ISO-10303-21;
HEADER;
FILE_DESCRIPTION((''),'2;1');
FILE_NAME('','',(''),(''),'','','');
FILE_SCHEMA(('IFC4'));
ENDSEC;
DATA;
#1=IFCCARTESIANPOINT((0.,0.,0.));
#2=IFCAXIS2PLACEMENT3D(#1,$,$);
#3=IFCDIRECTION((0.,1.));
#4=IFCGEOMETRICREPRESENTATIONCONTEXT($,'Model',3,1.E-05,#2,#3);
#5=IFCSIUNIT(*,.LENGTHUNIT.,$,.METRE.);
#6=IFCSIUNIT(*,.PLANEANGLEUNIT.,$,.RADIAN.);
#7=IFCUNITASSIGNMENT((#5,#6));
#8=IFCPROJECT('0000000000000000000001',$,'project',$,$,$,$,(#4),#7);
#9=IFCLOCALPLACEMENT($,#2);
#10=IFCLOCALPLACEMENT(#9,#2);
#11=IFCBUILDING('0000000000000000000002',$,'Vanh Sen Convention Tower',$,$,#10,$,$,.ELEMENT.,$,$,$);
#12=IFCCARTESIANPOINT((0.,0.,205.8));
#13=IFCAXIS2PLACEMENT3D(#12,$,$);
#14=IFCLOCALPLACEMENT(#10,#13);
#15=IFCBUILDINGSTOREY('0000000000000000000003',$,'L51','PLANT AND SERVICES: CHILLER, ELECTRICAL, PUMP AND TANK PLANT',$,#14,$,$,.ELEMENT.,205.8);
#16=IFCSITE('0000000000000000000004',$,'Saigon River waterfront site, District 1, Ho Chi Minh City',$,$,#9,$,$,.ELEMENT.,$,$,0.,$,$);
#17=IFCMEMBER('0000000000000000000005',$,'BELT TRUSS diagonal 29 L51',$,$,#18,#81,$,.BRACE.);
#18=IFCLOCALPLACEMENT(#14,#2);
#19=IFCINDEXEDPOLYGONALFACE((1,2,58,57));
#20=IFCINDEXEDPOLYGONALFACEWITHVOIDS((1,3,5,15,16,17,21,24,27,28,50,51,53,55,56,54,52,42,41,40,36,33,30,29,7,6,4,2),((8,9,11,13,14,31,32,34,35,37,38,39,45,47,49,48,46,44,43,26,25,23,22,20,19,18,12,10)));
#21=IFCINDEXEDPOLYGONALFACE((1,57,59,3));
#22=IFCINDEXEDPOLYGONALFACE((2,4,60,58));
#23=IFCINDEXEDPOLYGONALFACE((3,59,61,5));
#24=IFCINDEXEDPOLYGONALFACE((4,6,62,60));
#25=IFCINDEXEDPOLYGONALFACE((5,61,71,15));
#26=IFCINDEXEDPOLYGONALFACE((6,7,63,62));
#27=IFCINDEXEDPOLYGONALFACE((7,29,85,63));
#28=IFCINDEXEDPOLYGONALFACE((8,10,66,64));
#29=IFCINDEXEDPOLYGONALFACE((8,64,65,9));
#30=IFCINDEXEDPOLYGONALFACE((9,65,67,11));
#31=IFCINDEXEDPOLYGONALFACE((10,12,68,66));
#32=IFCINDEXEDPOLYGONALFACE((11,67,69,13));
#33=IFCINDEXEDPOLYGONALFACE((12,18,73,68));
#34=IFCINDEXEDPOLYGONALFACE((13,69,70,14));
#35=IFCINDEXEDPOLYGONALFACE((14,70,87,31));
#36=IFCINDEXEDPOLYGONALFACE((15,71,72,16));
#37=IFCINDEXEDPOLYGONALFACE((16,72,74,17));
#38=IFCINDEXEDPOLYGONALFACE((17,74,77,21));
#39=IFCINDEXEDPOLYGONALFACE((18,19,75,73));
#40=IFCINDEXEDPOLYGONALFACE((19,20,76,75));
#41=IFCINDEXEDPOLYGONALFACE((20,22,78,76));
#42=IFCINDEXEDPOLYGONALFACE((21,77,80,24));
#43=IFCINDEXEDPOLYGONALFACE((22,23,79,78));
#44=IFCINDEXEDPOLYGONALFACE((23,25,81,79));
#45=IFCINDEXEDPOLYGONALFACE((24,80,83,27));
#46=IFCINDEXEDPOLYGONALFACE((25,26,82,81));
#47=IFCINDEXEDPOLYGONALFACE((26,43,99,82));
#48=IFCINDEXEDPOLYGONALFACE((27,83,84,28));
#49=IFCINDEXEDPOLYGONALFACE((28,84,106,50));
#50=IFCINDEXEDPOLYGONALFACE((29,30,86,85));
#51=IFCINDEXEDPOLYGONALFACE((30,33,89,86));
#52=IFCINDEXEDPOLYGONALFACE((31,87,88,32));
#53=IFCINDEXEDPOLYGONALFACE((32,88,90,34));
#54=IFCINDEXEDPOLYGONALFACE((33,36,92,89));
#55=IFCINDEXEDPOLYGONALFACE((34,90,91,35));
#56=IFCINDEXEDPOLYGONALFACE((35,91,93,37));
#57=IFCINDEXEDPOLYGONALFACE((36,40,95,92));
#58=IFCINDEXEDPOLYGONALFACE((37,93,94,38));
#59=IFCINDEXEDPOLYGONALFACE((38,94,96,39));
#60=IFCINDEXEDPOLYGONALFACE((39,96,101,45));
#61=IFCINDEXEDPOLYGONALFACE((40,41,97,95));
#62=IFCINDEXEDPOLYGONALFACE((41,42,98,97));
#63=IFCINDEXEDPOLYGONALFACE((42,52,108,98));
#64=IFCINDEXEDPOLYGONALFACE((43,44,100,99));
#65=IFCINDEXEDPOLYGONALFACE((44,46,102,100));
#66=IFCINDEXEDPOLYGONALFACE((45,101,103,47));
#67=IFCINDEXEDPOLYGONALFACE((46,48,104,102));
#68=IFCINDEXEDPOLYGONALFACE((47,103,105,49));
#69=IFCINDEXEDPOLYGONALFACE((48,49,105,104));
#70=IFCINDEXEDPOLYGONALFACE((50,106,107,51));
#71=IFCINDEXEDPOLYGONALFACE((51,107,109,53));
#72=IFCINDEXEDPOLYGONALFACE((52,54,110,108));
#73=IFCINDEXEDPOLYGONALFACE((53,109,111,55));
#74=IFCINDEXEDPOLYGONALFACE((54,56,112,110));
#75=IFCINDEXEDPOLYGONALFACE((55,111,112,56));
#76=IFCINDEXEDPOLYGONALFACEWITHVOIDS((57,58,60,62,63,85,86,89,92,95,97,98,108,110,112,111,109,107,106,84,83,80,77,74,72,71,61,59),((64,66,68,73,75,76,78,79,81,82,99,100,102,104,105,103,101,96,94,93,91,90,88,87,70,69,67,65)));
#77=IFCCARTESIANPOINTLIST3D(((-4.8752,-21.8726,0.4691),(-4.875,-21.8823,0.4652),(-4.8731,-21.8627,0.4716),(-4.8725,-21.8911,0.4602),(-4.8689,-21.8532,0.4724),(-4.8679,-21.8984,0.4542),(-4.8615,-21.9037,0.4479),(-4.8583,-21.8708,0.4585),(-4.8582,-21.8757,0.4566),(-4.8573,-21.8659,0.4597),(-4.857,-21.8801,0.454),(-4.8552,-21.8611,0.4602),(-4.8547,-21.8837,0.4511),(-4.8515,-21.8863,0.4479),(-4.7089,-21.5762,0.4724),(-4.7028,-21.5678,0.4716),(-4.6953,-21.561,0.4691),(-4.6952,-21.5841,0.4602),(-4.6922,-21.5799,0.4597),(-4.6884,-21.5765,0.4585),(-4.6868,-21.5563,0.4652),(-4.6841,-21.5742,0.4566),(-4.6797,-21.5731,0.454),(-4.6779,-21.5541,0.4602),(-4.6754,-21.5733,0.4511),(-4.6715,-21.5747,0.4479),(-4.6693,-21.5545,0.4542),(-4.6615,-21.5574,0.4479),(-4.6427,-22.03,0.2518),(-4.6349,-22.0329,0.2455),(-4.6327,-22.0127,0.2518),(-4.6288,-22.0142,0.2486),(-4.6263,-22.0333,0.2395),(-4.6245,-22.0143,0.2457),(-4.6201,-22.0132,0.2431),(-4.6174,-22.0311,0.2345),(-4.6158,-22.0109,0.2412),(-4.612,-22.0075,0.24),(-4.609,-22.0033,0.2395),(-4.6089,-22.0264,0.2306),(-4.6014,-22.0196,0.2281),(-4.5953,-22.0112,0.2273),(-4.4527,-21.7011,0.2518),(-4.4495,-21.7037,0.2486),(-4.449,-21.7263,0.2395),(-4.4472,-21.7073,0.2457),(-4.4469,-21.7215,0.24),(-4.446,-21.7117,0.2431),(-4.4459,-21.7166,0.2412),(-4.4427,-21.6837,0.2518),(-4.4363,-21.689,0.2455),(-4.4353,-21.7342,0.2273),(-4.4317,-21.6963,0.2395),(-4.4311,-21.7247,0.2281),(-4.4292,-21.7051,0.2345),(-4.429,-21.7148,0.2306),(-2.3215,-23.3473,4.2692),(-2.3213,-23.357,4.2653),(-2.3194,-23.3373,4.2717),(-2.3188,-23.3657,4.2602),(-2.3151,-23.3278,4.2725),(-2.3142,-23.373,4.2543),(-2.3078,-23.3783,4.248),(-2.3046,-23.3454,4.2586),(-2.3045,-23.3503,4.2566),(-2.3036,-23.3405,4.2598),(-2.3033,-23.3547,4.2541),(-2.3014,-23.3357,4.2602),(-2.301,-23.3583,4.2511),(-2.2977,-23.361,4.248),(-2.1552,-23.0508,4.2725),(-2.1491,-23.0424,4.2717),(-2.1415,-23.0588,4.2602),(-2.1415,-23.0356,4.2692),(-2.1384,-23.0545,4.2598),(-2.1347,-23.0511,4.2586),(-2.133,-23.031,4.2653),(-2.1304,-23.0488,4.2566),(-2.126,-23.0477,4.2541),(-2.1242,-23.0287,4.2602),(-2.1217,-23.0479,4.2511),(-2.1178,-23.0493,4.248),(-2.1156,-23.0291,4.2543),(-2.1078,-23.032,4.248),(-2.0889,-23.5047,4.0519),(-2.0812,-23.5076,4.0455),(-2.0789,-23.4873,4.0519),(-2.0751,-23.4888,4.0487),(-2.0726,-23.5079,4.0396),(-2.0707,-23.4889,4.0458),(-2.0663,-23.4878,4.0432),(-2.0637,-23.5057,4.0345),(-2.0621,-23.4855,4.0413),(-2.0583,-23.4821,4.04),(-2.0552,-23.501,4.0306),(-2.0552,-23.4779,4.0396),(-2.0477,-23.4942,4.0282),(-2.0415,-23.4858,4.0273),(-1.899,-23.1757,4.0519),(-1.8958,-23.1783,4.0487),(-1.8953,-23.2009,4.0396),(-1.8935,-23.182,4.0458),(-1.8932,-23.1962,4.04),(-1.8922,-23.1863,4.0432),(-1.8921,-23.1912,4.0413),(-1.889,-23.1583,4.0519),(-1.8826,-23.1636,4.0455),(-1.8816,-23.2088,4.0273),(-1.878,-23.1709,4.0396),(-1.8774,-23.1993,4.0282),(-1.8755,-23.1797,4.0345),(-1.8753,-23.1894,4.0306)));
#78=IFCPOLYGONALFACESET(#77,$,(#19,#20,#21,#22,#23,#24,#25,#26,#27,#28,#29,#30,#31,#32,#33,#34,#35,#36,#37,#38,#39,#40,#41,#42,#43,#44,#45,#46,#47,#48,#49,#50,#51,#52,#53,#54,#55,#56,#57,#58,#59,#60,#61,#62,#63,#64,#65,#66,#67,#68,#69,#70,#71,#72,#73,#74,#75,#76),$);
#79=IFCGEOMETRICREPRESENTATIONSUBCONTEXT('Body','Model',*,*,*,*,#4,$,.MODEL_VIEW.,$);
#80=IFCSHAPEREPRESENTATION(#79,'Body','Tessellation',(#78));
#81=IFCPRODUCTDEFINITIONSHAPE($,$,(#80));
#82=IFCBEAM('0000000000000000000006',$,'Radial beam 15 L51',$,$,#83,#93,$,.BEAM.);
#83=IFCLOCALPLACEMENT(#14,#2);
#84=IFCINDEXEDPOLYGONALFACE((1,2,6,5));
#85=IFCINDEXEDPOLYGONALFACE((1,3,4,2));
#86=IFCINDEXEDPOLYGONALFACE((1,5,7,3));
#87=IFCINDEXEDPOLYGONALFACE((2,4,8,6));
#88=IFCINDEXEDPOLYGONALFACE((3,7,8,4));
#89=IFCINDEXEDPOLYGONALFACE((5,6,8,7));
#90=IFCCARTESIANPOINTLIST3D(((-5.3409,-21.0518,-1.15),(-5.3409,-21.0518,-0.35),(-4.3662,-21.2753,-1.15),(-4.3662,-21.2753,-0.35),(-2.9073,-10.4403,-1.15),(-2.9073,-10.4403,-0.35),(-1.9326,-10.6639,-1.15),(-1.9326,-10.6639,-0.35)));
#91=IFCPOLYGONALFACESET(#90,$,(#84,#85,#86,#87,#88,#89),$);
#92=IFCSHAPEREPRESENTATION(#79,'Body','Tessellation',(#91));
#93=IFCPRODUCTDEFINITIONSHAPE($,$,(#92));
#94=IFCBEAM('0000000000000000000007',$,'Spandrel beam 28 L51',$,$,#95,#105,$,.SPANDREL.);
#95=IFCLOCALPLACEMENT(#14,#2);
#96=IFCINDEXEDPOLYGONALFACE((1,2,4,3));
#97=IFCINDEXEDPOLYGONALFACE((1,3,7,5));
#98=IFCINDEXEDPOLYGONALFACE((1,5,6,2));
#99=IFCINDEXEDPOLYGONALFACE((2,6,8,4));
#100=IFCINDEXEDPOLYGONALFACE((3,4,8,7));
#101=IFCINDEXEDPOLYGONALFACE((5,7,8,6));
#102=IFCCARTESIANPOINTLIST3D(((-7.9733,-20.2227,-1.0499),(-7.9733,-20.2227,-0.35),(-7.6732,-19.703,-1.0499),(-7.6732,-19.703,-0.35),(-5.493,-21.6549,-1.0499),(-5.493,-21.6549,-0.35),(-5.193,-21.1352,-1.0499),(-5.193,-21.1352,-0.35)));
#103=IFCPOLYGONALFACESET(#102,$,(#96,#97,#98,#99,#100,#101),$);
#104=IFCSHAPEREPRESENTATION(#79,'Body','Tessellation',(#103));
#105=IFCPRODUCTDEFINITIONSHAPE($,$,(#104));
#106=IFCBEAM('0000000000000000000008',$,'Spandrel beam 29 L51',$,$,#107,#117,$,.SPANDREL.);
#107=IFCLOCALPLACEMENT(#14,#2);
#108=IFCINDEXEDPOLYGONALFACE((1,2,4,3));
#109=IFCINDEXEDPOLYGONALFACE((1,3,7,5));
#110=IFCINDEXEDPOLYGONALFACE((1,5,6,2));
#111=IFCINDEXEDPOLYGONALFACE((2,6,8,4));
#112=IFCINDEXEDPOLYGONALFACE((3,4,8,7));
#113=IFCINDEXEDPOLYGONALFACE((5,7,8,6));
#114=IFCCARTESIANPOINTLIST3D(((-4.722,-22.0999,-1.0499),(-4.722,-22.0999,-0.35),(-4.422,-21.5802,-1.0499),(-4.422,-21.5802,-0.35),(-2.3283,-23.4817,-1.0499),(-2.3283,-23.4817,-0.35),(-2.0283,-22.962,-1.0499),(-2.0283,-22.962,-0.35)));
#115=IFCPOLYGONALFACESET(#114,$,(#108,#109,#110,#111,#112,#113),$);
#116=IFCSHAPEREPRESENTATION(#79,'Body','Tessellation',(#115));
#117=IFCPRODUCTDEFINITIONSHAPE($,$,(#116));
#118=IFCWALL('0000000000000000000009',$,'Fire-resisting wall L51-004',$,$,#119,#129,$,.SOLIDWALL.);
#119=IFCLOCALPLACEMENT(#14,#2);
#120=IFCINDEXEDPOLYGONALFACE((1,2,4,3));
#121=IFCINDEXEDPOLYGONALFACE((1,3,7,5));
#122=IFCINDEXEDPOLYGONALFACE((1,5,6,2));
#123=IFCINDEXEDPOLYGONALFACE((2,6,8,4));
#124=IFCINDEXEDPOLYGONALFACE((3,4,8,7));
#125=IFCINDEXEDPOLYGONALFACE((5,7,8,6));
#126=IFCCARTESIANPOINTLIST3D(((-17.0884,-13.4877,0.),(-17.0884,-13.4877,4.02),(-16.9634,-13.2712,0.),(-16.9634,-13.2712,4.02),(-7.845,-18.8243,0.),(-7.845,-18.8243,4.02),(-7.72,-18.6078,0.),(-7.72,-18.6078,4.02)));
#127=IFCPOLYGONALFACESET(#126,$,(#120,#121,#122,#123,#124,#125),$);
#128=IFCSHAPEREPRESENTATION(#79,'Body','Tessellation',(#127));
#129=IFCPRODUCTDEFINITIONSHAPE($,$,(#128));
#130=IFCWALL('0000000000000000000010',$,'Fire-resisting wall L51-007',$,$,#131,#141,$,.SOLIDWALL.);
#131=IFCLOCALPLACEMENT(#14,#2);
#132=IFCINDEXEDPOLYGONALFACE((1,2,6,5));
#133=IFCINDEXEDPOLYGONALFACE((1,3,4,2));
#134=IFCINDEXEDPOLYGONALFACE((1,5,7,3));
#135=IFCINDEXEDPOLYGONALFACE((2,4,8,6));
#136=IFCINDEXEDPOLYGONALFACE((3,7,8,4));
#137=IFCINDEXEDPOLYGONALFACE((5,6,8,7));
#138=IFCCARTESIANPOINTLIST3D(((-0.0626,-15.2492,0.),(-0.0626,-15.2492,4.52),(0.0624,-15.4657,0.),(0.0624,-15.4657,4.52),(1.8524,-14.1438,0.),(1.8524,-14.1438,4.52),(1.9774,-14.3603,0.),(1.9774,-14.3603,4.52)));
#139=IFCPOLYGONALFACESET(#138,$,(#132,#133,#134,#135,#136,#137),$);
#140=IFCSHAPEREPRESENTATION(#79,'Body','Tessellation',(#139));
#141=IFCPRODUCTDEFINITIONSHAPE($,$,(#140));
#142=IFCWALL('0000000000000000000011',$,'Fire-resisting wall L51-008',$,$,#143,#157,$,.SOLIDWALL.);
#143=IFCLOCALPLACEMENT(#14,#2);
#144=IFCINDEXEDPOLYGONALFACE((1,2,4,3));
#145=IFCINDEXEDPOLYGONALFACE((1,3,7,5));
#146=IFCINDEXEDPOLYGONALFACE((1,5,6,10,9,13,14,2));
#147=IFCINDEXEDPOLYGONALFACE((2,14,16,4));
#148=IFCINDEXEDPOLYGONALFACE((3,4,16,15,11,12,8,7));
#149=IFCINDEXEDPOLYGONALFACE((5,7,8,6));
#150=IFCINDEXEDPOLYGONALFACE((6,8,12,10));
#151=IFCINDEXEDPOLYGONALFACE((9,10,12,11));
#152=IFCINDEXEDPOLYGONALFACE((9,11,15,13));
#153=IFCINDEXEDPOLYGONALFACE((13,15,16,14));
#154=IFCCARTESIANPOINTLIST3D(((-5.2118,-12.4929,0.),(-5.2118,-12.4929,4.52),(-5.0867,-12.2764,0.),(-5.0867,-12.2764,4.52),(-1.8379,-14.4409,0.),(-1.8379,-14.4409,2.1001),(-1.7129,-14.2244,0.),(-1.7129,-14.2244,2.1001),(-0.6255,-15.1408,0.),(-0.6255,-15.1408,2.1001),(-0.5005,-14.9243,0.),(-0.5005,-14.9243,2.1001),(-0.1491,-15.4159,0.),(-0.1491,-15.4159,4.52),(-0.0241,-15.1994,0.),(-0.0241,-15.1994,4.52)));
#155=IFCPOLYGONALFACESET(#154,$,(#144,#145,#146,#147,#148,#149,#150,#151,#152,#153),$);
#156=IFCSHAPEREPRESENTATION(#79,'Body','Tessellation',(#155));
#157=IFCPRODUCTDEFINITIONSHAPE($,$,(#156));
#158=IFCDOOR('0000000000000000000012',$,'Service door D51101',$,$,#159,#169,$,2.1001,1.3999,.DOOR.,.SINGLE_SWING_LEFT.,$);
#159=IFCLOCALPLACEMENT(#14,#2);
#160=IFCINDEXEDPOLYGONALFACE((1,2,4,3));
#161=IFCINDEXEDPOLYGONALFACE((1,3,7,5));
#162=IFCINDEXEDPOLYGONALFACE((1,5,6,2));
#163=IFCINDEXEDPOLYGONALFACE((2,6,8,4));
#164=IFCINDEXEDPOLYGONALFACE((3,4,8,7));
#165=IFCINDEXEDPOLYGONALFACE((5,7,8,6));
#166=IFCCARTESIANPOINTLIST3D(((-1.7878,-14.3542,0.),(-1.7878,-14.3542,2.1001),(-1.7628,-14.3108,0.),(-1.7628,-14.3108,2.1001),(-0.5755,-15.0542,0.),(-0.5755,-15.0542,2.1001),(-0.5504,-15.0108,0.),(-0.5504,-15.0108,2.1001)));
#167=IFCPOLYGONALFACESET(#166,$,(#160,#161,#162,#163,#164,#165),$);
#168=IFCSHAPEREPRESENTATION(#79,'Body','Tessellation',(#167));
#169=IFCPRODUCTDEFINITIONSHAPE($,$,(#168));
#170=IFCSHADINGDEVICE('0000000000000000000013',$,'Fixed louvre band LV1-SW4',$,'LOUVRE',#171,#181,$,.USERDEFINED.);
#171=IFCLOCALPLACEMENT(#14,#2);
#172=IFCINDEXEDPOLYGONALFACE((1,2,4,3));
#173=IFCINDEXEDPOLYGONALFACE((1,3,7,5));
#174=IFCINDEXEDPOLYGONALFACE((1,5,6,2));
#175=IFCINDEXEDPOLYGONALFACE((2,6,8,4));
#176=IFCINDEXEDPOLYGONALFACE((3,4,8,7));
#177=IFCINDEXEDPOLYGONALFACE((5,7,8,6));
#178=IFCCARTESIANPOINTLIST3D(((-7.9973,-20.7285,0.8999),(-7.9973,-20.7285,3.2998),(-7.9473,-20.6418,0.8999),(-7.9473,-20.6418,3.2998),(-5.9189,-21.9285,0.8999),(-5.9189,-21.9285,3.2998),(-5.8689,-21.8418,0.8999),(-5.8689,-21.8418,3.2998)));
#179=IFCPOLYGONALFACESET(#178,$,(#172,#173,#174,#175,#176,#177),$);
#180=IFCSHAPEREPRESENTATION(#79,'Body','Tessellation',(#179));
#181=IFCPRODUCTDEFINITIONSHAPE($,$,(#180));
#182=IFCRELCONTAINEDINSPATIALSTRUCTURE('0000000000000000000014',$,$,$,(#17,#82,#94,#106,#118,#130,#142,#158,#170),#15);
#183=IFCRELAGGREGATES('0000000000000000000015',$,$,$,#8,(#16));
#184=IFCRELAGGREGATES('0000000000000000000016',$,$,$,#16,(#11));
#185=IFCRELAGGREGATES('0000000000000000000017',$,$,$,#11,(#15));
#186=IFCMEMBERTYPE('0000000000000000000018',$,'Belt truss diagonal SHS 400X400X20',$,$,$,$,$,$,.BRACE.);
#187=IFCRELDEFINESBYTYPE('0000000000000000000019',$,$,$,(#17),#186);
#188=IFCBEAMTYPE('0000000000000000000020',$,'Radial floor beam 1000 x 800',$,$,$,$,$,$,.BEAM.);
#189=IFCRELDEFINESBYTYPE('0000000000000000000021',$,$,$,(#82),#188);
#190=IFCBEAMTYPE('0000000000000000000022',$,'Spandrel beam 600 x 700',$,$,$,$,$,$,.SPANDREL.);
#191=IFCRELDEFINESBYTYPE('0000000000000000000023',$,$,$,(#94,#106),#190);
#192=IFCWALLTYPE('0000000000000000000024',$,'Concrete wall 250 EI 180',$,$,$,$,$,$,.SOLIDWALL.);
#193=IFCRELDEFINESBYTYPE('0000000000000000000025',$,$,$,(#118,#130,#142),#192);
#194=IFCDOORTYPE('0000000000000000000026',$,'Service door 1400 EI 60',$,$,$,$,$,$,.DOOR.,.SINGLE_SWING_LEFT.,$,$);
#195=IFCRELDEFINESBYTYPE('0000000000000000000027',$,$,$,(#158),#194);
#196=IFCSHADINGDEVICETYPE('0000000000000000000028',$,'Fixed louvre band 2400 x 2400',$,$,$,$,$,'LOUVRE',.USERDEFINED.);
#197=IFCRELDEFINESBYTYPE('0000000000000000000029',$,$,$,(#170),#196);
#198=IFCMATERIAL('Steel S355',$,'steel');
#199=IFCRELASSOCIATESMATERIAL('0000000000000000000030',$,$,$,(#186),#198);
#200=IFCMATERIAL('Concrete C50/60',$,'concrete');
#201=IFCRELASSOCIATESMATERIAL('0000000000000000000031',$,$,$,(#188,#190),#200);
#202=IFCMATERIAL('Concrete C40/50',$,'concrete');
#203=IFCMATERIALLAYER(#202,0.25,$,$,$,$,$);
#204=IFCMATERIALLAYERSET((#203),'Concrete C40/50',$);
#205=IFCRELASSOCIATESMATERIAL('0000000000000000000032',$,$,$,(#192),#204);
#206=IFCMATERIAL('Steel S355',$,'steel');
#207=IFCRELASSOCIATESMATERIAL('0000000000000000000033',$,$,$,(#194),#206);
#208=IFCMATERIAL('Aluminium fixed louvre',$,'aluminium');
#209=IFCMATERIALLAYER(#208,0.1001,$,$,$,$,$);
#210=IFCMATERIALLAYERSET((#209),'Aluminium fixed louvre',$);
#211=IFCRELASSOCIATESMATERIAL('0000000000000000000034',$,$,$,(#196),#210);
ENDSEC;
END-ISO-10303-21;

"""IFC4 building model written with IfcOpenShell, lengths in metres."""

from ifc_helpers import new_model, si_unit, direction, frame, frame_2d, origin, origin_2d, place, context, subcontext, project, spatial, rectangle, hollow_rectangle, extrude, material, layer, layer_set, material_profile, profile_set, type_object, element, fill, save


model = new_model("IFC4")

# Units and contexts
model_context = context("Model", 3, precision=1e-05, world=origin(), true_north=direction((0.0, 1.0)))
body_context = subcontext(model_context, "Body", "Model", "MODEL_VIEW")
ifc_project = project(units=[si_unit("LENGTHUNIT", "METRE"), si_unit("PLANEANGLEUNIT", "RADIAN")], contexts=[model_context])

# Site, building, storey
site_placement = place(None, origin())
site = spatial("IfcSite", under=ifc_project, at=site_placement, Name="Saigon River waterfront site, District 1, Ho Chi Minh City", CompositionType="ELEMENT", RefElevation=0.0)
building_placement = place(site_placement, origin())
building = spatial("IfcBuilding", under=site, at=building_placement, Name="Vanh Sen Convention Tower", CompositionType="ELEMENT")
storey_placement = place(building_placement, frame((0.0, 0.0, 205.8)))
storey = spatial("IfcBuildingStorey", under=building, at=storey_placement, Name="L51", Description="PLANT AND SERVICES: CHILLER, ELECTRICAL, PUMP AND TANK PLANT", CompositionType="ELEMENT", Elevation=205.8)

# Member
ifc_material_1 = material(Name="Steel S355", Category="steel")
ifc_material_profile_1 = material_profile(ifc_material_1, hollow_rectangle(XDim=0.3999, YDim=0.3999, WallThickness=0.02, InnerFilletRadius=0.02, OuterFilletRadius=0.04, at=origin_2d()), Name="SHS 400X400X20")
ifc_profile_set_1 = profile_set([ifc_material_profile_1], Name="Steel S355")
member_type_1 = type_object("IfcMemberType", Name="Belt truss diagonal SHS 400X400X20", PredefinedType="BRACE", material=ifc_profile_set_1)
member_1_placement = place(storey_placement, frame((-4.6521, -21.7937, 0.3499), z_axis=(0.530915, -0.30657, 0.790028), x_axis=(0.500057, 0.865993, 0.0)))
element("IfcMember", 1, at=member_1_placement, inside=storey, type_object=member_type_1, Name="BELT TRUSS diagonal 29 L51", PredefinedType="BRACE", context=body_context, shape_type="SweptSolid", body=[
    extrude(hollow_rectangle(XDim=0.3999, YDim=0.3999, WallThickness=0.02, InnerFilletRadius=0.02, OuterFilletRadius=0.04, at=origin_2d()), origin(), (0.0, 0.0, 1.0), 4.8101),
])

# Beams
ifc_material_2 = material(Name="Concrete C50/60", Category="concrete")
ifc_material_profile_2 = material_profile(ifc_material_2, rectangle(XDim=1.0, YDim=0.8, at=origin_2d()), Name="RC 1000X800")
ifc_profile_set_2 = profile_set([ifc_material_profile_2], Name="Concrete C50/60")
beam_type_1 = type_object("IfcBeamType", Name="Radial floor beam 1000 x 800", PredefinedType="BEAM", material=ifc_profile_set_2)
beam_1_placement = place(storey_placement, frame((-4.8535, -21.1636, -0.75), z_axis=(0.223531, 0.974697, 0.0), x_axis=(-0.974697, 0.223531, 0.0)))
element("IfcBeam", 2, at=beam_1_placement, inside=storey, type_object=beam_type_1, Name="Radial beam 15 L51", PredefinedType="BEAM", context=body_context, shape_type="SweptSolid", body=[
    extrude(rectangle(XDim=1.0, YDim=0.8, at=origin_2d()), origin(), (0.0, 0.0, 1.0), 10.887),
])
ifc_material_profile_3 = material_profile(ifc_material_2, rectangle(XDim=0.6001, YDim=0.7, at=origin_2d()), Name="RC 600X700")
ifc_profile_set_3 = profile_set([ifc_material_profile_3], Name="Concrete C50/60")
beam_type_2 = type_object("IfcBeamType", Name="Spandrel beam 600 x 700", PredefinedType="SPANDREL", material=ifc_profile_set_3)
beam_2_placement = place(storey_placement, frame((-7.8232, -19.9629, -0.7), z_axis=(0.866, -0.500045, 0.0), x_axis=(0.500045, 0.866, 0.0)))
element("IfcBeam", 3, at=beam_2_placement, inside=storey, type_object=beam_type_2, Name="Spandrel beam 28 L51", PredefinedType="SPANDREL", context=body_context, shape_type="SweptSolid", body=[
    extrude(rectangle(XDim=0.6001, YDim=0.7, at=origin_2d()), origin(), (0.0, 0.0, 1.0), 2.864),
])
beam_3_placement = place(storey_placement, frame((-4.572, -21.8401, -0.7), z_axis=(0.866061, -0.499939, 0.0), x_axis=(0.499939, 0.866061, 0.0)))
element("IfcBeam", 4, at=beam_3_placement, inside=storey, type_object=beam_type_2, Name="Spandrel beam 29 L51", PredefinedType="SPANDREL", context=body_context, shape_type="SweptSolid", body=[
    extrude(rectangle(XDim=0.6001, YDim=0.7, at=origin_2d()), origin(), (0.0, 0.0, 1.0), 2.7639),
])

# Walls
ifc_material_3 = material(Name="Concrete C40/50", Category="concrete")
ifc_layer_1 = layer(ifc_material_3, 0.25)
ifc_layer_set_1 = layer_set([ifc_layer_1], Name="Concrete C40/50")
wall_type = type_object("IfcWallType", Name="Concrete wall 250 EI 180", PredefinedType="SOLIDWALL", material=ifc_layer_set_1)
wall_1_placement = place(storey_placement, frame((-7.7825, -18.7161, 0.0), z_axis=(0.0, 0.0, 1.0), x_axis=(-0.866026, 0.499999, 0.0)))
element("IfcWall", 5, at=wall_1_placement, inside=storey, type_object=wall_type, Name="Fire-resisting wall L51-004", PredefinedType="SOLIDWALL", context=body_context, shape_type="SweptSolid", body=[
    extrude(rectangle(XDim=10.6733, YDim=0.25, at=frame_2d((5.3367, 0.0))), origin(), (0.0, 0.0, 1.0), 4.02),
])
wall_2_placement = place(storey_placement, frame((0.0, -15.3574, 0.0), z_axis=(0.0, 0.0, 1.0), x_axis=(0.866061, 0.499939, 0.0)))
element("IfcWall", 6, at=wall_2_placement, inside=storey, type_object=wall_type, Name="Fire-resisting wall L51-007", PredefinedType="SOLIDWALL", context=body_context, shape_type="SweptSolid", body=[
    extrude(rectangle(XDim=2.2112, YDim=0.25, at=frame_2d((1.1055, 0.0))), origin(), (0.0, 0.0, 1.0), 4.52),
])

# Wall, opening, door
wall_3_placement = place(storey_placement, frame((-0.0867, -15.3076, 0.0), z_axis=(0.0, 0.0, 1.0), x_axis=(-0.866017, 0.500015, 0.0)))
wall_3 = element("IfcWall", 7, at=wall_3_placement, inside=storey, type_object=wall_type, Name="Fire-resisting wall L51-008", PredefinedType="SOLIDWALL", context=body_context, shape_type="SweptSolid", body=[
    extrude(rectangle(XDim=5.8459, YDim=0.25, at=frame_2d((2.9229, 0.0))), origin(), (0.0, 0.0, 1.0), 4.52),
])
opening_placement = place(wall_3_placement, frame((0.55, 0.0, 0.0)))
opening = element("IfcOpeningElement", 8, at=opening_placement, cuts=wall_3, PredefinedType="OPENING", context=body_context, shape_type="SweptSolid", body=[
    extrude(rectangle(XDim=1.3999, YDim=2.1001, at=frame_2d((0.7, 1.05))), frame((0.0, 0.135, 0.0), z_axis=(0.0, -1.0, 0.0), x_axis=(1.0, 0.0, 0.0)), (0.0, 0.0, 1.0), 0.27),
])
ifc_material_4 = material(Name="Steel S355", Category="steel")
door_type = type_object("IfcDoorType", Name="Service door 1400 EI 60", OperationType="SINGLE_SWING_LEFT", PredefinedType="DOOR", material=ifc_material_4)
door_placement = place(opening_placement, origin())
door = element("IfcDoor", 9, at=door_placement, inside=storey, type_object=door_type, Name="Service door D51101", OperationType="SINGLE_SWING_LEFT", OverallHeight=2.1001, OverallWidth=1.3999, PredefinedType="DOOR", context=body_context, shape_type="SweptSolid", body=[
    extrude(rectangle(XDim=1.3999, YDim=2.1001, at=frame_2d((0.7, 1.05))), frame((0.0, 0.0249, 0.0), z_axis=(0.0, -1.0, 0.0), x_axis=(1.0, 0.0, 0.0)), (0.0, 0.0, 1.0), 0.05),
])
fill(opening, door)

# Shading device
ifc_material_5 = material(Name="Aluminium fixed louvre", Category="aluminium")
ifc_layer_2 = layer(ifc_material_5, 0.1001)
ifc_layer_set_2 = layer_set([ifc_layer_2], Name="Aluminium fixed louvre")
shading_device_type = type_object("IfcShadingDeviceType", Name="Fixed louvre band 2400 x 2400", ElementType="LOUVRE", PredefinedType="USERDEFINED", material=ifc_layer_set_2)
shading_device_placement = place(storey_placement, frame((-6.9331, -21.2852, 0.8999), z_axis=(0.0, 0.0, 1.0), x_axis=(0.866025, -0.500002, 0.0)))
element("IfcShadingDevice", 10, at=shading_device_placement, inside=storey, type_object=shading_device_type, Name="Fixed louvre band LV1-SW4", ObjectType="LOUVRE", PredefinedType="USERDEFINED", context=body_context, shape_type="SweptSolid", body=[
    extrude(rectangle(XDim=2.3999, YDim=0.1001, at=origin_2d()), origin(), (0.0, 0.0, 1.0), 2.3999),
])

save(model, "model.ifc")
